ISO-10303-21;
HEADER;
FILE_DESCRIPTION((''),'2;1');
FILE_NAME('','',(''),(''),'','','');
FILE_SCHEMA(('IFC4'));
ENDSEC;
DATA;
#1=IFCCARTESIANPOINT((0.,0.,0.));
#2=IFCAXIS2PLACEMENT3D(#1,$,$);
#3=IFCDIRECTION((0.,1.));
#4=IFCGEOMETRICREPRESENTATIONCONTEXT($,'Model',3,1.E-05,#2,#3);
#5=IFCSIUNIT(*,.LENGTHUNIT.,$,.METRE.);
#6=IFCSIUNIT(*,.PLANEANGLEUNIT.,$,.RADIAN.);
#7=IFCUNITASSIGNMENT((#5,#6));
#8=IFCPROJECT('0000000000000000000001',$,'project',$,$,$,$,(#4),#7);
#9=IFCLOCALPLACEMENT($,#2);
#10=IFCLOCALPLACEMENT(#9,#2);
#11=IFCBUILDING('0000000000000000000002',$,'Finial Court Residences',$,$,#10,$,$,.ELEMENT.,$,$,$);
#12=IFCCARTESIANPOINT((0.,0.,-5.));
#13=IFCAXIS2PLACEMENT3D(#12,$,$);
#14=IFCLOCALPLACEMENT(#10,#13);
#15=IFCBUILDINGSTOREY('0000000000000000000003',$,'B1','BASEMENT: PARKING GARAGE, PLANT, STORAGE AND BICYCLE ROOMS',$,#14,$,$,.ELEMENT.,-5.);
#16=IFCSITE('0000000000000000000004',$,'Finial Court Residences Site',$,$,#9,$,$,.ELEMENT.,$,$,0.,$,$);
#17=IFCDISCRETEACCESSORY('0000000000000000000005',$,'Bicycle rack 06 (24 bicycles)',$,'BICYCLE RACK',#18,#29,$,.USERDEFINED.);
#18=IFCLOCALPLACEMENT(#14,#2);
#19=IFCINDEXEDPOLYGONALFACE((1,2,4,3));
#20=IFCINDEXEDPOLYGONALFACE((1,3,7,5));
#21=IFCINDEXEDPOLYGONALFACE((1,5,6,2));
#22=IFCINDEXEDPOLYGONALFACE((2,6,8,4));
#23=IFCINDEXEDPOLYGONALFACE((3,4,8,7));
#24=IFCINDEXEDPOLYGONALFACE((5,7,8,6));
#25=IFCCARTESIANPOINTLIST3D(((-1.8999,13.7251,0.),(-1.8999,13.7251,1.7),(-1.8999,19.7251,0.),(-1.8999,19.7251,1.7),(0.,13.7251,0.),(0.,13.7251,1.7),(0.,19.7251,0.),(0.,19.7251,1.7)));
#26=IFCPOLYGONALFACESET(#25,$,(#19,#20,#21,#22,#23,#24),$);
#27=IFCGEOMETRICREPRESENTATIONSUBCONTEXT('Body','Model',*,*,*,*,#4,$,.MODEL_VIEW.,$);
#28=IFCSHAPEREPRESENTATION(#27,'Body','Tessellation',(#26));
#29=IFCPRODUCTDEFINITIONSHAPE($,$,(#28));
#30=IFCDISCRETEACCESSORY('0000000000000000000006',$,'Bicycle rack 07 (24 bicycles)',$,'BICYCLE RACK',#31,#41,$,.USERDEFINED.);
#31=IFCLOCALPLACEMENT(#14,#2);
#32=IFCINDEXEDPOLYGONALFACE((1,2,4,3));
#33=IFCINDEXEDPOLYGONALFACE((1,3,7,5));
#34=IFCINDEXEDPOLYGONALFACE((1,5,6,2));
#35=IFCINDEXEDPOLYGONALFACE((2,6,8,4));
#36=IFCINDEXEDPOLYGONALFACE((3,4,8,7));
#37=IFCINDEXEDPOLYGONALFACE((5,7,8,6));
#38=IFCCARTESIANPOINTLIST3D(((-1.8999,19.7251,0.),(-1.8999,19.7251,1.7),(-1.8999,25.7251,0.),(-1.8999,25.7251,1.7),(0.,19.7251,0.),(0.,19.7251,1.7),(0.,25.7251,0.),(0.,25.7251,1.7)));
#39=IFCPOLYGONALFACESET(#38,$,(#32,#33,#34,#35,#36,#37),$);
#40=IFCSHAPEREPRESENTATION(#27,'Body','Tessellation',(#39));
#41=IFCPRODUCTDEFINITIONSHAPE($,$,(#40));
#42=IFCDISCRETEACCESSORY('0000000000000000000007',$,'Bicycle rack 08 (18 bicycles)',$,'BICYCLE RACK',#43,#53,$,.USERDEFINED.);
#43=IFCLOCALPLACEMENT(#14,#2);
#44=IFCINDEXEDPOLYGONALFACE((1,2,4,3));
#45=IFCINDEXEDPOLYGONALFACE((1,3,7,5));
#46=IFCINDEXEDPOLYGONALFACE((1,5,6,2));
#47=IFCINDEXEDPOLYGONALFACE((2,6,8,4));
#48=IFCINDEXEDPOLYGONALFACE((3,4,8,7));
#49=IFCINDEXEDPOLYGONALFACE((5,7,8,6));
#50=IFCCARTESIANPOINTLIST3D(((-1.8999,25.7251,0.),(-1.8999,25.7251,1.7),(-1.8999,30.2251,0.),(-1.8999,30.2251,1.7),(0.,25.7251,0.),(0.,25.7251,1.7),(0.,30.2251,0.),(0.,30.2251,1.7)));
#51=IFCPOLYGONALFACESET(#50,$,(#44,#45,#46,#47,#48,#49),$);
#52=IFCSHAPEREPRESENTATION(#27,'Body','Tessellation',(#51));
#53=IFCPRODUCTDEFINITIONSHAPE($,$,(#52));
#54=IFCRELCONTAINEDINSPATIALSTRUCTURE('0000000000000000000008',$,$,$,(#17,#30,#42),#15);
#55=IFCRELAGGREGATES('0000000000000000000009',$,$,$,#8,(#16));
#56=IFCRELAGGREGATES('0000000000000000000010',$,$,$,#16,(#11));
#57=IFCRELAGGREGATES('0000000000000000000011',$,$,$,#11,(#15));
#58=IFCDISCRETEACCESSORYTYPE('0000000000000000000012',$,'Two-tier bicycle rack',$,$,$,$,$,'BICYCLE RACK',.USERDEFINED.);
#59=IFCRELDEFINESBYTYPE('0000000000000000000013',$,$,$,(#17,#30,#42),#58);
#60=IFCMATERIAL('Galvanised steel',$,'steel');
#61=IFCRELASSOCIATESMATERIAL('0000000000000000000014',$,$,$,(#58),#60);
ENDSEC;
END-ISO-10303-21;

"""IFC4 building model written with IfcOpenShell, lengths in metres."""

from ifc_helpers import new_model, si_unit, direction, frame, origin, origin_2d, place, context, subcontext, project, spatial, rectangle, extrude, material, type_object, element, save


model = new_model("IFC4")

# Units and contexts
model_context = context("Model", 3, precision=1e-05, world=origin(), true_north=direction((0.0, 1.0)))
body_context = subcontext(model_context, "Body", "Model", "MODEL_VIEW")
ifc_project = project(units=[si_unit("LENGTHUNIT", "METRE"), si_unit("PLANEANGLEUNIT", "RADIAN")], contexts=[model_context])

# Site, building, storey
site_placement = place(None, origin())
site = spatial("IfcSite", under=ifc_project, at=site_placement, Name="Finial Court Residences Site", CompositionType="ELEMENT", RefElevation=0.0)
building_placement = place(site_placement, origin())
building = spatial("IfcBuilding", under=site, at=building_placement, Name="Finial Court Residences", CompositionType="ELEMENT")
storey_placement = place(building_placement, frame((0.0, 0.0, -5.0)))
storey = spatial("IfcBuildingStorey", under=building, at=storey_placement, Name="B1", Description="BASEMENT: PARKING GARAGE, PLANT, STORAGE AND BICYCLE ROOMS", CompositionType="ELEMENT", Elevation=-5.0)

# Discrete accessories
ifc_material_1 = material(Name="Galvanised steel", Category="steel")
discrete_accessory_type = type_object("IfcDiscreteAccessoryType", Name="Two-tier bicycle rack", ElementType="BICYCLE RACK", PredefinedType="USERDEFINED", material=ifc_material_1)
for number, where, z_axis, x_axis, name in (
    (1, (-0.95, 16.7251, 0.0), (0.0, 0.0, 1.0), (1.0, 0.0, 0.0), "Bicycle rack 06 (24 bicycles)"),
    (2, (-0.95, 22.7251, 0.0), (0.0, 0.0, 1.0), (1.0, 0.0, 0.0), "Bicycle rack 07 (24 bicycles)"),
):
    element("IfcDiscreteAccessory", number, at=place(storey_placement, frame(where, z_axis=z_axis, x_axis=x_axis)), inside=storey, type_object=discrete_accessory_type, Name=name, ObjectType="BICYCLE RACK", PredefinedType="USERDEFINED", context=body_context, shape_type="SweptSolid", body=[
        extrude(rectangle(XDim=1.8999, YDim=6.0, at=origin_2d()), origin(), (0.0, 0.0, 1.0), 1.7),
    ])
discrete_accessory_1_placement = place(storey_placement, frame((-0.95, 27.9751, 0.0), z_axis=(0.0, 0.0, 1.0), x_axis=(1.0, 0.0, 0.0)))
element("IfcDiscreteAccessory", 3, at=discrete_accessory_1_placement, inside=storey, type_object=discrete_accessory_type, Name="Bicycle rack 08 (18 bicycles)", ObjectType="BICYCLE RACK", PredefinedType="USERDEFINED", context=body_context, shape_type="SweptSolid", body=[
    extrude(rectangle(XDim=1.8999, YDim=4.5, at=origin_2d()), origin(), (0.0, 0.0, 1.0), 1.7),
])

save(model, "model.ifc")
